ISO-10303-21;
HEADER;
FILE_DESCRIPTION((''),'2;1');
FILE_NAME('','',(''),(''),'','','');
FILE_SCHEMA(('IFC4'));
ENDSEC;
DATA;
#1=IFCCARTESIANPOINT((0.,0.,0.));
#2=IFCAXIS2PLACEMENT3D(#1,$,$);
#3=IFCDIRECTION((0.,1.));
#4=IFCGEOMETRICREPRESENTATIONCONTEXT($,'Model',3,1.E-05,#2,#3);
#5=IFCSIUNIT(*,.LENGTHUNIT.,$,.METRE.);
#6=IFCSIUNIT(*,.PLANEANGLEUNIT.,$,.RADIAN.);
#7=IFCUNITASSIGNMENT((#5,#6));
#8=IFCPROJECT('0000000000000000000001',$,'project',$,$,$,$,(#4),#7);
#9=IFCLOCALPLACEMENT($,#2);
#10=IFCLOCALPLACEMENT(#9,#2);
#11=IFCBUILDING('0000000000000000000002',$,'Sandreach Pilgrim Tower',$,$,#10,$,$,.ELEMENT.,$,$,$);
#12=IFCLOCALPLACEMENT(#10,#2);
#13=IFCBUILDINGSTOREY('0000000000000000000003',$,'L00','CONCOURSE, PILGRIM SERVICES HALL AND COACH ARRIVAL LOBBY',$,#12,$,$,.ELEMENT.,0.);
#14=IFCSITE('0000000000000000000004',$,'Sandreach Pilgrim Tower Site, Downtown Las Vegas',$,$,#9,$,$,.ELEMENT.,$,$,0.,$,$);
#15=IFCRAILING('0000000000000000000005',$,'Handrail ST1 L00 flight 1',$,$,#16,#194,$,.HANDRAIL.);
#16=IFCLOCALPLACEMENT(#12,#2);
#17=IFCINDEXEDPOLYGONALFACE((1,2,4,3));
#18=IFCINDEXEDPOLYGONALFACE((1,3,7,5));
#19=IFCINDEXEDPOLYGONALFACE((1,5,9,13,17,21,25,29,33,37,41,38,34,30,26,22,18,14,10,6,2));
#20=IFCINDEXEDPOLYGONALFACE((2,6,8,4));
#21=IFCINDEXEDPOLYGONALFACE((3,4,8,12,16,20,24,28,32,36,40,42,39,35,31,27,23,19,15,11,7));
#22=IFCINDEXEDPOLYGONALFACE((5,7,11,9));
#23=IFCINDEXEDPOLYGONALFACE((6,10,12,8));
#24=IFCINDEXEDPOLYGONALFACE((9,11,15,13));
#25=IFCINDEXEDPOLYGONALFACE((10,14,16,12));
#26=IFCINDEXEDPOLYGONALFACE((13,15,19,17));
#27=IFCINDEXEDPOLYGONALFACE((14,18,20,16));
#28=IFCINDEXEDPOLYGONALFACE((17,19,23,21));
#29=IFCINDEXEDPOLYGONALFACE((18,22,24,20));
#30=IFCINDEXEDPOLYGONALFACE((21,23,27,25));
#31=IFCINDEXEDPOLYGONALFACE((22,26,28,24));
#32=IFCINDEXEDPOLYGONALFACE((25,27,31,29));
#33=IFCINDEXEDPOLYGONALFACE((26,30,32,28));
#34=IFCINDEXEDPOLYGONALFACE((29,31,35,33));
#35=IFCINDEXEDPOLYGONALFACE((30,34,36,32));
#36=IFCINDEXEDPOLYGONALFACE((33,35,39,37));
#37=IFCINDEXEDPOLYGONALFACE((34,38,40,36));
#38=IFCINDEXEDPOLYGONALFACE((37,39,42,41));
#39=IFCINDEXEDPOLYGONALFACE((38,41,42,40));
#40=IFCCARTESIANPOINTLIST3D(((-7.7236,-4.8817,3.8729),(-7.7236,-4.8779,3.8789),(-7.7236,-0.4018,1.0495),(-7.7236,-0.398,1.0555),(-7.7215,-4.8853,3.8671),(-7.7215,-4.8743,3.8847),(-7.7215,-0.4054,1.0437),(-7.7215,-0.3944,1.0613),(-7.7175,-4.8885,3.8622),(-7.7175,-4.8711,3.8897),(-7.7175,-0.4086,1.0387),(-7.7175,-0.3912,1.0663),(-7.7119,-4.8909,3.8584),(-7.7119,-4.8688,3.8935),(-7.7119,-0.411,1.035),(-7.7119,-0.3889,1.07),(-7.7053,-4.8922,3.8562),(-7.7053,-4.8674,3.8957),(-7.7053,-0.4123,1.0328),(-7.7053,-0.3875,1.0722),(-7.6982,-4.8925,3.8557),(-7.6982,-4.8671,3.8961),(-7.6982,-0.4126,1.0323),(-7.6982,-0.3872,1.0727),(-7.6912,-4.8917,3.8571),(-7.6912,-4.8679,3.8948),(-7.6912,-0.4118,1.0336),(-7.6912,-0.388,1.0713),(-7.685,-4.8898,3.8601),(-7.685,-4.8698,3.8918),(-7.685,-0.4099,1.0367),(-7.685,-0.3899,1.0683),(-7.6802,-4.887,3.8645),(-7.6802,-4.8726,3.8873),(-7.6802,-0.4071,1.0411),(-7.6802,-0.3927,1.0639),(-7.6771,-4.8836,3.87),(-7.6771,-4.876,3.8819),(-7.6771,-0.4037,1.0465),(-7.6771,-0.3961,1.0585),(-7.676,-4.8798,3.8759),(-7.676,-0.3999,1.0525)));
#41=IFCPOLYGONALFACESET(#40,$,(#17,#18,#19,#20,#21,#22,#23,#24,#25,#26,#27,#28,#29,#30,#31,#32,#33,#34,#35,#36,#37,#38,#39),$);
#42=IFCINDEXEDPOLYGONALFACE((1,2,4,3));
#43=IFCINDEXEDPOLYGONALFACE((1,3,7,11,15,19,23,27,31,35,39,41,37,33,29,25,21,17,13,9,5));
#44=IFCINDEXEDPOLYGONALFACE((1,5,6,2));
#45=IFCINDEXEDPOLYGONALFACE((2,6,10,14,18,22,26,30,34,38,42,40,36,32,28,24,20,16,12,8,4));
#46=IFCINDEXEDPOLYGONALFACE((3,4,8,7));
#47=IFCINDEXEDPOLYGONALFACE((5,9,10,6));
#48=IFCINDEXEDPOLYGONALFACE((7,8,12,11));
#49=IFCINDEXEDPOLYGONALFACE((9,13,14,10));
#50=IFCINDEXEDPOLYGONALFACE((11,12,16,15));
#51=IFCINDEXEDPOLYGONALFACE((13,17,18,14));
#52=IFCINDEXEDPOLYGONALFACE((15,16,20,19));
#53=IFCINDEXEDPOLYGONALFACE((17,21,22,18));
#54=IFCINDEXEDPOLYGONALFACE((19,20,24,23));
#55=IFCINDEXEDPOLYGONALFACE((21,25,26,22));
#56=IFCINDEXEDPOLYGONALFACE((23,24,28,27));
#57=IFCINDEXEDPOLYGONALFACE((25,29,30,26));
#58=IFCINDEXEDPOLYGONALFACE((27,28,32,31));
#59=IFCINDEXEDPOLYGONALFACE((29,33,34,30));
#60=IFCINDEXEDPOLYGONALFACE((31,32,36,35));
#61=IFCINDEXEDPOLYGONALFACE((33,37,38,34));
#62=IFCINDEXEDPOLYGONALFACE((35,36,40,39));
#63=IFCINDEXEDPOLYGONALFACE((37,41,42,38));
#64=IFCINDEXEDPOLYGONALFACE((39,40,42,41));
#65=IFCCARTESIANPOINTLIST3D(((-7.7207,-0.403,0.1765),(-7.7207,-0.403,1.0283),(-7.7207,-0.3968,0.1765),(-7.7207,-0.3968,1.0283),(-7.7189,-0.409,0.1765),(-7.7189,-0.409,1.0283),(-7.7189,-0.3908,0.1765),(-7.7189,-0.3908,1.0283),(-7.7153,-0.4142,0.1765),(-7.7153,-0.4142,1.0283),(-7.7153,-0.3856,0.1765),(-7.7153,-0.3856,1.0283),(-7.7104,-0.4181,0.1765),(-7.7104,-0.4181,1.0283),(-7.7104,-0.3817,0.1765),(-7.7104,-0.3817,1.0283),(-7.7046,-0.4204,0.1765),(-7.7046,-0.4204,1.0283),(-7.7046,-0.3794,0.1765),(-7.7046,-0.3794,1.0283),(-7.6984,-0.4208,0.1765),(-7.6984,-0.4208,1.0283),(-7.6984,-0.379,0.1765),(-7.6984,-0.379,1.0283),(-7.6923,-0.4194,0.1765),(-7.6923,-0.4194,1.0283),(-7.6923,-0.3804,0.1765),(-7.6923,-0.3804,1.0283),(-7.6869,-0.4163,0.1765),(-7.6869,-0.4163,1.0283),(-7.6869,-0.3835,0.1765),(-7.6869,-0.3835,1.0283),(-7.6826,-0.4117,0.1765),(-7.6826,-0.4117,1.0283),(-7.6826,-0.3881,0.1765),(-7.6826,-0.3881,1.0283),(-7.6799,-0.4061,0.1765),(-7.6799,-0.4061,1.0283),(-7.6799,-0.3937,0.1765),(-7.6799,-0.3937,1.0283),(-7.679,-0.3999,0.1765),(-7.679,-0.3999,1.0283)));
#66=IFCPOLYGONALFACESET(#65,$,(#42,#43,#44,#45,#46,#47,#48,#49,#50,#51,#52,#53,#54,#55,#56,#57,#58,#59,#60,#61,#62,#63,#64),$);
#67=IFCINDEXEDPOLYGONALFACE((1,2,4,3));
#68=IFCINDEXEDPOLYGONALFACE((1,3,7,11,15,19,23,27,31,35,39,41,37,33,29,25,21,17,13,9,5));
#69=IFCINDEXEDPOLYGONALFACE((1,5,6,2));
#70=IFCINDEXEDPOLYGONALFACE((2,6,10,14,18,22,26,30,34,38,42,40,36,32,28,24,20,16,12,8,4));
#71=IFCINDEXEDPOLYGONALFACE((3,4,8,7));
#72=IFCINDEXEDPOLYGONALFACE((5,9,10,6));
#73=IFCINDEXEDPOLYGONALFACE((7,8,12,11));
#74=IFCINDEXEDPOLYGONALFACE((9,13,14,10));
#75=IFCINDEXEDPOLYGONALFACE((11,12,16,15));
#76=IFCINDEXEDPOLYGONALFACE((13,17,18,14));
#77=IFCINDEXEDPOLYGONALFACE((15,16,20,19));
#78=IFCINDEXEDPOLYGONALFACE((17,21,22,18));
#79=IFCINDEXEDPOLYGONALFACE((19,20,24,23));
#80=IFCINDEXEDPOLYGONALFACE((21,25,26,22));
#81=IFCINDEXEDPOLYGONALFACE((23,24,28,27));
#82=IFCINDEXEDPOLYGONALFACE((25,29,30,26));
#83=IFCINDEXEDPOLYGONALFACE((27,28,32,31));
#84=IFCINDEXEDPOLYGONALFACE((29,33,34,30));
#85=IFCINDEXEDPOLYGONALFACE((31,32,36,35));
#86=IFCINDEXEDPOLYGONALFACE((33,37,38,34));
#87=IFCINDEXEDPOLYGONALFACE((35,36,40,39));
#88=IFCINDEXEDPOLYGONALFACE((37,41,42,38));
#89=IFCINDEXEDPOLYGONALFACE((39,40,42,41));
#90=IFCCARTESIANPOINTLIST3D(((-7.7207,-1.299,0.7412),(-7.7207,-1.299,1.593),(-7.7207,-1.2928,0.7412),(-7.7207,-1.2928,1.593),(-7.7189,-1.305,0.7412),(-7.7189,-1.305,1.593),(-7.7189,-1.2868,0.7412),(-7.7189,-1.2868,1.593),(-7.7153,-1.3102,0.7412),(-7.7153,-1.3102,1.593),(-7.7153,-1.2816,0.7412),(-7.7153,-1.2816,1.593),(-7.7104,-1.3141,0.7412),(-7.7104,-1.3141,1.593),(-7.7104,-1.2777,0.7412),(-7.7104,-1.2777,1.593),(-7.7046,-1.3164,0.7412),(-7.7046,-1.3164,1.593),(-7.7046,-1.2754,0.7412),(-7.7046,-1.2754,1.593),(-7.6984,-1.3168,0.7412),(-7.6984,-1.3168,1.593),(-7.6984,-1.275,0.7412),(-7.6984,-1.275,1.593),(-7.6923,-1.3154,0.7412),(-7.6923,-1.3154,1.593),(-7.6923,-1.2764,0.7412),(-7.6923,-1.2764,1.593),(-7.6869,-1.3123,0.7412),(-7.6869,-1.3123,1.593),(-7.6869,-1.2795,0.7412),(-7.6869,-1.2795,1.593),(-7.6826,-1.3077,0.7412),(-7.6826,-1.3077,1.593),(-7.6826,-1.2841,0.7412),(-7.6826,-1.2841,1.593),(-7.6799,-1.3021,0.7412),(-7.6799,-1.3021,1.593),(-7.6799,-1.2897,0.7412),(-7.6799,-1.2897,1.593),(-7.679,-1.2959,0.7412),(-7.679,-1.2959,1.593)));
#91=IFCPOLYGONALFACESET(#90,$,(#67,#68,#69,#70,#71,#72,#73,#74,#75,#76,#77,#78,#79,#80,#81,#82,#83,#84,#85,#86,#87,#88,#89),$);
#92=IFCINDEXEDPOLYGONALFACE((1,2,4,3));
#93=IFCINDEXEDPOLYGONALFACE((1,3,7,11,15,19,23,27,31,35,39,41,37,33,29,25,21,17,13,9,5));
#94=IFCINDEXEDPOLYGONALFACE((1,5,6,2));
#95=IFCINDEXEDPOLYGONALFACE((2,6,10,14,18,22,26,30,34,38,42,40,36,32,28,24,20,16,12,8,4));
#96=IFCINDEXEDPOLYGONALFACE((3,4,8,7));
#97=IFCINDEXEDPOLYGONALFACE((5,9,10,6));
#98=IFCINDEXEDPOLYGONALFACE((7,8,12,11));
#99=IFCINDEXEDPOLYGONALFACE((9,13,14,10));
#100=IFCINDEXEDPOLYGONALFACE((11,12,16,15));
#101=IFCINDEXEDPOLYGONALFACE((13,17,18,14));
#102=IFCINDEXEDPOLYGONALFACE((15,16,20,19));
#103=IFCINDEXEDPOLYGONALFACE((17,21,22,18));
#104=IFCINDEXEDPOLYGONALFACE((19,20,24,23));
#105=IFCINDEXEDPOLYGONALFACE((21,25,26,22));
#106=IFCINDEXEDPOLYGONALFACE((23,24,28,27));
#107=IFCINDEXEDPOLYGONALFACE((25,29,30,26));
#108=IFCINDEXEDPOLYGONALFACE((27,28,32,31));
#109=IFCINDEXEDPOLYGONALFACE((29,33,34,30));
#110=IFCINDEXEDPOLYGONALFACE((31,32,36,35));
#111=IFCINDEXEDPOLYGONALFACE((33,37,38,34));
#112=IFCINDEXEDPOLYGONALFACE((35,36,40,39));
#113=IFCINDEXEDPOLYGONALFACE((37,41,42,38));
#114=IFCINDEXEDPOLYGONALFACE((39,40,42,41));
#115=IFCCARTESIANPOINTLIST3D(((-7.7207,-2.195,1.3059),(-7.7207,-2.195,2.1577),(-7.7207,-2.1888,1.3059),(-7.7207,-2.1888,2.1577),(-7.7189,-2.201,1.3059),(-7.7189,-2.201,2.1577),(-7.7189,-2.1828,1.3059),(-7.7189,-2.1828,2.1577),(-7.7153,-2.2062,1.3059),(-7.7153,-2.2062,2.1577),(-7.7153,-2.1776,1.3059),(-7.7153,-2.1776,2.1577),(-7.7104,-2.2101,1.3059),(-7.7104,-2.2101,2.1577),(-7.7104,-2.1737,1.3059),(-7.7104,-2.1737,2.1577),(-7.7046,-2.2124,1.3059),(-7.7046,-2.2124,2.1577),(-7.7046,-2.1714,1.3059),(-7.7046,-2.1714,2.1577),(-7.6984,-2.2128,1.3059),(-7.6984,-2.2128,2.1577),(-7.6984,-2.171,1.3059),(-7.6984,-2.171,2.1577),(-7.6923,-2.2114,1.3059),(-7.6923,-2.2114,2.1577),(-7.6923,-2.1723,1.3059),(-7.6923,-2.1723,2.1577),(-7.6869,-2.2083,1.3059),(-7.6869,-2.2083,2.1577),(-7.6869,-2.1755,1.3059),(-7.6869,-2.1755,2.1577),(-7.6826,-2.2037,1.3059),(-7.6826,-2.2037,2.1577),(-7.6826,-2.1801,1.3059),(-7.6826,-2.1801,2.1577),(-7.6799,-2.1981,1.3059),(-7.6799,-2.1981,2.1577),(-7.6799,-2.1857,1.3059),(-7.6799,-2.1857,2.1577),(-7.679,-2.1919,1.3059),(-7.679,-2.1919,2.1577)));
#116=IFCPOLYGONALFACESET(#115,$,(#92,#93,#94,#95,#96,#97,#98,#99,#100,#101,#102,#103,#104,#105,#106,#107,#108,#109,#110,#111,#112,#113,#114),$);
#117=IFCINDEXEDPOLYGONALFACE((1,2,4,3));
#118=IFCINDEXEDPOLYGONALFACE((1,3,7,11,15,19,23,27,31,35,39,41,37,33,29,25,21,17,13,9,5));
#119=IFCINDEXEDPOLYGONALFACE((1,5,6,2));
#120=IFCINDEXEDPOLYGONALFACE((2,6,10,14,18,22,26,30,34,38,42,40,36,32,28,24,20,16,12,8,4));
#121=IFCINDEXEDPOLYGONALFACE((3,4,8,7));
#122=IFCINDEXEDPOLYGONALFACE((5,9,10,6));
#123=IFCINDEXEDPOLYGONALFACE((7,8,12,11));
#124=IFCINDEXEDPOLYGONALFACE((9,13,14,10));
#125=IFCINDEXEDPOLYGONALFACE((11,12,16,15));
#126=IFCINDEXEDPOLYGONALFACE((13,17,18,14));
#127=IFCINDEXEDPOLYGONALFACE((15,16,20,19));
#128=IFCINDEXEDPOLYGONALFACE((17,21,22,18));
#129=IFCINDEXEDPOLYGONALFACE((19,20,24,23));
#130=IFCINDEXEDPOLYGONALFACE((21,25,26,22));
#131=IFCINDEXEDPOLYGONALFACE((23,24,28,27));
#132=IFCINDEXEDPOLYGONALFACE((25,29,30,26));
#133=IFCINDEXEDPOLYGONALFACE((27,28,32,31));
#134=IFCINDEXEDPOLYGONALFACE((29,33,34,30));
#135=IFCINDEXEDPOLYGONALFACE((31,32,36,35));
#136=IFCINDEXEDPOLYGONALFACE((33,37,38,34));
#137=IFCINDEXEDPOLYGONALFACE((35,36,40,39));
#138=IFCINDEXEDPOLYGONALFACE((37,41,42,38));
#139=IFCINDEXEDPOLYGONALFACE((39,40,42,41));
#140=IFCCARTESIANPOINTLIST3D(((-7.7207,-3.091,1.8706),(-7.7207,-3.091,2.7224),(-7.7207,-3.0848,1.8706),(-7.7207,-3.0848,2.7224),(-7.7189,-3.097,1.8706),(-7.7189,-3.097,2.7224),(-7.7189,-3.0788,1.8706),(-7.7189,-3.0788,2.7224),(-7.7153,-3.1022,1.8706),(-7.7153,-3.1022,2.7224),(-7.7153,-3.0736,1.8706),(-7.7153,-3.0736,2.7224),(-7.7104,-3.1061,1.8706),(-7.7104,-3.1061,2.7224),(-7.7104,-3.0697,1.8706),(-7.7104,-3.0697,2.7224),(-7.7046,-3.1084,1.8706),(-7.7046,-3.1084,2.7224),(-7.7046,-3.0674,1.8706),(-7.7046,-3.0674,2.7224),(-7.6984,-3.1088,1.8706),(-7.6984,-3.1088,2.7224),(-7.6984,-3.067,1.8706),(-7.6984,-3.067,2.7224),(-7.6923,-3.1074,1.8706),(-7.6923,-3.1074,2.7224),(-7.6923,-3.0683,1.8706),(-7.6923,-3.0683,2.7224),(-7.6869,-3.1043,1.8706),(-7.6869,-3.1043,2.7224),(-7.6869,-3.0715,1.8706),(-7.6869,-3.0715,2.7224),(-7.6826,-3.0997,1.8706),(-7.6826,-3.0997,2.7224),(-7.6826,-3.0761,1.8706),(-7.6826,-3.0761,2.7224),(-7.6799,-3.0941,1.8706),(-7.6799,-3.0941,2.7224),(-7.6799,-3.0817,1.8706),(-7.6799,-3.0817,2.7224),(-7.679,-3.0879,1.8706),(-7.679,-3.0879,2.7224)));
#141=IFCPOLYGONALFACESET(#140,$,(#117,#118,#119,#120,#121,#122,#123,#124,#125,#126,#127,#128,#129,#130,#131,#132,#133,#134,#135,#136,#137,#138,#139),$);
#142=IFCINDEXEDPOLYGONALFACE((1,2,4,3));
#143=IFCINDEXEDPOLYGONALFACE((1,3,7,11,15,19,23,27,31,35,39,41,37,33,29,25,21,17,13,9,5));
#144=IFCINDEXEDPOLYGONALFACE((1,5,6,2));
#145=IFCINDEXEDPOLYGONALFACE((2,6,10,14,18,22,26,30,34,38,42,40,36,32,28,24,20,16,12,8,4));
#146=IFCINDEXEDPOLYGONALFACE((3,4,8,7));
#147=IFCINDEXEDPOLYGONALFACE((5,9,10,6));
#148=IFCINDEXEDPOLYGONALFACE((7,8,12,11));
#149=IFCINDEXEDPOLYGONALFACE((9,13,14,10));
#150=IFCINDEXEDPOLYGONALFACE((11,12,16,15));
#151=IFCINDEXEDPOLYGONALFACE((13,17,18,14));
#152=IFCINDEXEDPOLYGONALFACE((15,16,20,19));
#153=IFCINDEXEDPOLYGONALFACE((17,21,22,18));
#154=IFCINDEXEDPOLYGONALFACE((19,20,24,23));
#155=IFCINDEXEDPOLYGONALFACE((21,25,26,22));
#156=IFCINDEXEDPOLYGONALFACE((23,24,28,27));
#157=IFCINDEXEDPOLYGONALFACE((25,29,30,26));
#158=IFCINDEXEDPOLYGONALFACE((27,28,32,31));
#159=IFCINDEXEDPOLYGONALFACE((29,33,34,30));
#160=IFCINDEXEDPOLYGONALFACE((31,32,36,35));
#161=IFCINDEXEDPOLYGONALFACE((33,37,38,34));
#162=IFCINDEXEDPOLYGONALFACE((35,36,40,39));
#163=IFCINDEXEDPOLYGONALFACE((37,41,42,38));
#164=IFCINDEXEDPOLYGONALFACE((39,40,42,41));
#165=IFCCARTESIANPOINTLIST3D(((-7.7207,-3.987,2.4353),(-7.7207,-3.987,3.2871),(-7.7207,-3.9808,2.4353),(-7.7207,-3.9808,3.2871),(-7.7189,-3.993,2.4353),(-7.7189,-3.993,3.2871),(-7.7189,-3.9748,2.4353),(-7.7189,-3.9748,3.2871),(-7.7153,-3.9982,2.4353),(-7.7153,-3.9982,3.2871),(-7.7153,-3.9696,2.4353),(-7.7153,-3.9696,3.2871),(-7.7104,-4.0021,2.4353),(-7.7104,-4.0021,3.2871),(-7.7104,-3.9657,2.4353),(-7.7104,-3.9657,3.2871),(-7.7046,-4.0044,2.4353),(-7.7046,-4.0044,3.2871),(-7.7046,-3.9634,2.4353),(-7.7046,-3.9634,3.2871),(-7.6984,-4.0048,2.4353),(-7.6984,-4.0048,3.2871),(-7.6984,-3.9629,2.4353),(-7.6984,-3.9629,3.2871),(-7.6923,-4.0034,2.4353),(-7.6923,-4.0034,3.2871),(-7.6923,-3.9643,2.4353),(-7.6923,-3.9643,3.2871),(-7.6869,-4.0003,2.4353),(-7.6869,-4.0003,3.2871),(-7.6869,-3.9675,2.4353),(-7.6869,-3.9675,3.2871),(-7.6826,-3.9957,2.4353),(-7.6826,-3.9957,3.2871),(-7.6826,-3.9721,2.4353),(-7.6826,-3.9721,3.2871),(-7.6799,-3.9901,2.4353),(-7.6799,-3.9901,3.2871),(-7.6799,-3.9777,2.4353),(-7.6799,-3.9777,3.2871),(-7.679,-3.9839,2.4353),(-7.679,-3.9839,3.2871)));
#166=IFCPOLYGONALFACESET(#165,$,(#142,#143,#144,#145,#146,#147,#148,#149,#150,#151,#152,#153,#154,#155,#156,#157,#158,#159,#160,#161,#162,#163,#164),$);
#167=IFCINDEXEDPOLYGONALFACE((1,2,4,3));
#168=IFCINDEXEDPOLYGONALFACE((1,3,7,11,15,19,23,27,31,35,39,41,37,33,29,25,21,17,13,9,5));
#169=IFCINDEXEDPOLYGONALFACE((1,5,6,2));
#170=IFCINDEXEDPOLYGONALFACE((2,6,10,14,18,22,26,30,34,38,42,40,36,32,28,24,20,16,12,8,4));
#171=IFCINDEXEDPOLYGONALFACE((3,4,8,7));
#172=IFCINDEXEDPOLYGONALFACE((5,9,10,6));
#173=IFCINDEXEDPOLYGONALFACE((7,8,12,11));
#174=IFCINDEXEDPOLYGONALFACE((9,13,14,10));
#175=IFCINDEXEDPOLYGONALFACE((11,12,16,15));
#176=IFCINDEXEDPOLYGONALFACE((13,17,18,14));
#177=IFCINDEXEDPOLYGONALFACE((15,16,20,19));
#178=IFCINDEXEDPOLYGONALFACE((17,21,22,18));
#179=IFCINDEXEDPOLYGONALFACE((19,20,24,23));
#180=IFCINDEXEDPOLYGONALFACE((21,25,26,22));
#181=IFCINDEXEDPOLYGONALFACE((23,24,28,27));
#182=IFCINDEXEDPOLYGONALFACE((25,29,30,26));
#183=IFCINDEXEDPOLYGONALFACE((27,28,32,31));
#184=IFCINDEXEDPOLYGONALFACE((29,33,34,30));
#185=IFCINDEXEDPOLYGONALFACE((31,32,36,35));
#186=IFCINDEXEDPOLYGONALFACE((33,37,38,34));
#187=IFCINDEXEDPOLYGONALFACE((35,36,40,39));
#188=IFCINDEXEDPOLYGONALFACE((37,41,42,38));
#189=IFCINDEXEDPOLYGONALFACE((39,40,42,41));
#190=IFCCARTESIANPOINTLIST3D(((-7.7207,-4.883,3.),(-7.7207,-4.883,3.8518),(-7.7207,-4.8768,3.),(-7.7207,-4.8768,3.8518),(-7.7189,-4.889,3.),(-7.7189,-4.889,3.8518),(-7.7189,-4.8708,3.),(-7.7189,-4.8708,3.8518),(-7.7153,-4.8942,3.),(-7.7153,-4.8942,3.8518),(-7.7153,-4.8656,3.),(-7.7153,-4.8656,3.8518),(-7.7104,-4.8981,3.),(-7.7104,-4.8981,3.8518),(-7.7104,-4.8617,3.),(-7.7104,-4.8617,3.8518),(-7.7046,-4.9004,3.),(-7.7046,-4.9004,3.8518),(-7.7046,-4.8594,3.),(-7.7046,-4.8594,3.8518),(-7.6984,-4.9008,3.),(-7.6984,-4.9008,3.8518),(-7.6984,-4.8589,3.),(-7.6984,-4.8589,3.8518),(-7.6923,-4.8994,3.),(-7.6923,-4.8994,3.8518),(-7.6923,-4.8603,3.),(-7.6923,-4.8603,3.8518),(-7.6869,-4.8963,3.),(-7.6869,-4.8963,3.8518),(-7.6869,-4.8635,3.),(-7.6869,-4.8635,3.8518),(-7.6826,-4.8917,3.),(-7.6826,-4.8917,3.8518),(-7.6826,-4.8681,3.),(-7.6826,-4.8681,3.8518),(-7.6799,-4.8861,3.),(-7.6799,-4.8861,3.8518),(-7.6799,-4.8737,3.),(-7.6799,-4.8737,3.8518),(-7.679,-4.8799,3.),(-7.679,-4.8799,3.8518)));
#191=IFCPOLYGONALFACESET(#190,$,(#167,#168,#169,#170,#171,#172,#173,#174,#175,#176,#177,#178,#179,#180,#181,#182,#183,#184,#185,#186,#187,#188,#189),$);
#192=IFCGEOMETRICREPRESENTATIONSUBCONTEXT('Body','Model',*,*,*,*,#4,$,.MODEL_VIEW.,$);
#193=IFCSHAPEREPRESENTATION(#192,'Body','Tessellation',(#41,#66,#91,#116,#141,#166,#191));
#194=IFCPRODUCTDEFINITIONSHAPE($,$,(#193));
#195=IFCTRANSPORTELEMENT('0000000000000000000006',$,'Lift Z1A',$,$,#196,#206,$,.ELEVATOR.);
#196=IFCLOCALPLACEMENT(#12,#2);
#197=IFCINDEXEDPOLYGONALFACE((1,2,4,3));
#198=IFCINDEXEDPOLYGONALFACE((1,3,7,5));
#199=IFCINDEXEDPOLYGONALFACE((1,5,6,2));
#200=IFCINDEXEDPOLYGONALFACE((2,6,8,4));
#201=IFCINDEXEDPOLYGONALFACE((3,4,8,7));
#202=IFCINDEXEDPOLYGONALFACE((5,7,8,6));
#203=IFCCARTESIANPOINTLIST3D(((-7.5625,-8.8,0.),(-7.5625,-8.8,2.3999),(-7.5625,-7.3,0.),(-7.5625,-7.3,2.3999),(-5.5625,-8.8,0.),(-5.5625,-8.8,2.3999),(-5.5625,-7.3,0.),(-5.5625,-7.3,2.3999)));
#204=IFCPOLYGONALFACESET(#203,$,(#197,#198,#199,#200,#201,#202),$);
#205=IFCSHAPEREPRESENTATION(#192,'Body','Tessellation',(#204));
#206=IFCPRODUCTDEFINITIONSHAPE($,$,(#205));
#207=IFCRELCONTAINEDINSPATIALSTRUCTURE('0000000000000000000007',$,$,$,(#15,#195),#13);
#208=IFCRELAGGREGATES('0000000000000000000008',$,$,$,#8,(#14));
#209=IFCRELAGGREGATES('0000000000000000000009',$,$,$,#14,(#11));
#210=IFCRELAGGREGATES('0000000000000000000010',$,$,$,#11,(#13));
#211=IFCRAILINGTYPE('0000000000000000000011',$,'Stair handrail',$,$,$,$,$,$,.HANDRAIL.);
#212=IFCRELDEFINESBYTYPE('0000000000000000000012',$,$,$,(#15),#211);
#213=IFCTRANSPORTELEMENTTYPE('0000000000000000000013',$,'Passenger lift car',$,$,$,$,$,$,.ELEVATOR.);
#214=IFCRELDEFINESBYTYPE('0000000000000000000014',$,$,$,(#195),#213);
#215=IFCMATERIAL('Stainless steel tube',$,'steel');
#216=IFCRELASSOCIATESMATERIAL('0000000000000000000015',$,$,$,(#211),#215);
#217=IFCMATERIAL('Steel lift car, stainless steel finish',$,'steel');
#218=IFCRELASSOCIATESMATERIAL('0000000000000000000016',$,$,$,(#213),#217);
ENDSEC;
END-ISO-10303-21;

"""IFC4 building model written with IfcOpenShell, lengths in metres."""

from ifc_helpers import new_model, si_unit, direction, frame, origin, origin_2d, place, context, subcontext, project, spatial, rectangle, circle, extrude, material, type_object, element, save


model = new_model("IFC4")

# Units and contexts
model_context = context("Model", 3, precision=1e-05, world=origin(), true_north=direction((0.0, 1.0)))
body_context = subcontext(model_context, "Body", "Model", "MODEL_VIEW")
ifc_project = project(units=[si_unit("LENGTHUNIT", "METRE"), si_unit("PLANEANGLEUNIT", "RADIAN")], contexts=[model_context])

# Site, building, storey
site_placement = place(None, origin())
site = spatial("IfcSite", under=ifc_project, at=site_placement, Name="Sandreach Pilgrim Tower Site, Downtown Las Vegas", CompositionType="ELEMENT", RefElevation=0.0)
building_placement = place(site_placement, origin())
building = spatial("IfcBuilding", under=site, at=building_placement, Name="Sandreach Pilgrim Tower", CompositionType="ELEMENT")
storey_placement = place(building_placement, origin())
storey = spatial("IfcBuildingStorey", under=building, at=storey_placement, Name="L00", Description="CONCOURSE, PILGRIM SERVICES HALL AND COACH ARRIVAL LOBBY", CompositionType="ELEMENT", Elevation=0.0)

# Railing
ifc_material_1 = material(Name="Stainless steel tube", Category="steel")
railing_type = type_object("IfcRailingType", Name="Stair handrail", PredefinedType="HANDRAIL", material=ifc_material_1)
for number, where, name in (
    (1, (-7.7, -0.3999, 0.1765), "Handrail ST1 L00 flight 1"),
):
    element("IfcRailing", number, at=place(storey_placement, frame(where)), inside=storey, type_object=railing_type, Name=name, PredefinedType="HANDRAIL", context=body_context, shape_type="SweptSolid", body=[
        extrude(circle(Radius=0.0239, at=origin_2d()), frame((0.0, 0.0, 0.876), z_axis=(0.0, -0.845998, 0.533186), x_axis=(1.0, 0.0, 0.0)), (0.0, 0.0, 1.0), 5.2954),
        extrude(circle(Radius=0.021, at=origin_2d()), origin(), (0.0, 0.0, 1.0), 0.8518),
        extrude(circle(Radius=0.021, at=origin_2d()), frame((0.0, -0.896, 0.5647)), (0.0, 0.0, 1.0), 0.8518),
        extrude(circle(Radius=0.021, at=origin_2d()), frame((0.0, -1.792, 1.1294)), (0.0, 0.0, 1.0), 0.8518),
        extrude(circle(Radius=0.021, at=origin_2d()), frame((0.0, -2.688, 1.6941)), (0.0, 0.0, 1.0), 0.8518),
        extrude(circle(Radius=0.021, at=origin_2d()), frame((0.0, -3.584, 2.2588)), (0.0, 0.0, 1.0), 0.8518),
        extrude(circle(Radius=0.021, at=origin_2d()), frame((0.0, -4.48, 2.8235)), (0.0, 0.0, 1.0), 0.8518),
    ])

# Transport element
ifc_material_2 = material(Name="Steel lift car, stainless steel finish", Category="steel")
transport_element_type = type_object("IfcTransportElementType", Name="Passenger lift car", PredefinedType="ELEVATOR", material=ifc_material_2)
transport_element_placement = place(storey_placement, frame((-6.5625, -8.05, 0.0), z_axis=(0.0, 0.0, 1.0), x_axis=(1.0, 0.0, 0.0)))
element("IfcTransportElement", 2, at=transport_element_placement, inside=storey, type_object=transport_element_type, Name="Lift Z1A", PredefinedType="ELEVATOR", context=body_context, shape_type="SweptSolid", body=[
    extrude(rectangle(XDim=2.0, YDim=1.5, at=origin_2d()), origin(), (0.0, 0.0, 1.0), 2.3999),
])

save(model, "model.ifc")
